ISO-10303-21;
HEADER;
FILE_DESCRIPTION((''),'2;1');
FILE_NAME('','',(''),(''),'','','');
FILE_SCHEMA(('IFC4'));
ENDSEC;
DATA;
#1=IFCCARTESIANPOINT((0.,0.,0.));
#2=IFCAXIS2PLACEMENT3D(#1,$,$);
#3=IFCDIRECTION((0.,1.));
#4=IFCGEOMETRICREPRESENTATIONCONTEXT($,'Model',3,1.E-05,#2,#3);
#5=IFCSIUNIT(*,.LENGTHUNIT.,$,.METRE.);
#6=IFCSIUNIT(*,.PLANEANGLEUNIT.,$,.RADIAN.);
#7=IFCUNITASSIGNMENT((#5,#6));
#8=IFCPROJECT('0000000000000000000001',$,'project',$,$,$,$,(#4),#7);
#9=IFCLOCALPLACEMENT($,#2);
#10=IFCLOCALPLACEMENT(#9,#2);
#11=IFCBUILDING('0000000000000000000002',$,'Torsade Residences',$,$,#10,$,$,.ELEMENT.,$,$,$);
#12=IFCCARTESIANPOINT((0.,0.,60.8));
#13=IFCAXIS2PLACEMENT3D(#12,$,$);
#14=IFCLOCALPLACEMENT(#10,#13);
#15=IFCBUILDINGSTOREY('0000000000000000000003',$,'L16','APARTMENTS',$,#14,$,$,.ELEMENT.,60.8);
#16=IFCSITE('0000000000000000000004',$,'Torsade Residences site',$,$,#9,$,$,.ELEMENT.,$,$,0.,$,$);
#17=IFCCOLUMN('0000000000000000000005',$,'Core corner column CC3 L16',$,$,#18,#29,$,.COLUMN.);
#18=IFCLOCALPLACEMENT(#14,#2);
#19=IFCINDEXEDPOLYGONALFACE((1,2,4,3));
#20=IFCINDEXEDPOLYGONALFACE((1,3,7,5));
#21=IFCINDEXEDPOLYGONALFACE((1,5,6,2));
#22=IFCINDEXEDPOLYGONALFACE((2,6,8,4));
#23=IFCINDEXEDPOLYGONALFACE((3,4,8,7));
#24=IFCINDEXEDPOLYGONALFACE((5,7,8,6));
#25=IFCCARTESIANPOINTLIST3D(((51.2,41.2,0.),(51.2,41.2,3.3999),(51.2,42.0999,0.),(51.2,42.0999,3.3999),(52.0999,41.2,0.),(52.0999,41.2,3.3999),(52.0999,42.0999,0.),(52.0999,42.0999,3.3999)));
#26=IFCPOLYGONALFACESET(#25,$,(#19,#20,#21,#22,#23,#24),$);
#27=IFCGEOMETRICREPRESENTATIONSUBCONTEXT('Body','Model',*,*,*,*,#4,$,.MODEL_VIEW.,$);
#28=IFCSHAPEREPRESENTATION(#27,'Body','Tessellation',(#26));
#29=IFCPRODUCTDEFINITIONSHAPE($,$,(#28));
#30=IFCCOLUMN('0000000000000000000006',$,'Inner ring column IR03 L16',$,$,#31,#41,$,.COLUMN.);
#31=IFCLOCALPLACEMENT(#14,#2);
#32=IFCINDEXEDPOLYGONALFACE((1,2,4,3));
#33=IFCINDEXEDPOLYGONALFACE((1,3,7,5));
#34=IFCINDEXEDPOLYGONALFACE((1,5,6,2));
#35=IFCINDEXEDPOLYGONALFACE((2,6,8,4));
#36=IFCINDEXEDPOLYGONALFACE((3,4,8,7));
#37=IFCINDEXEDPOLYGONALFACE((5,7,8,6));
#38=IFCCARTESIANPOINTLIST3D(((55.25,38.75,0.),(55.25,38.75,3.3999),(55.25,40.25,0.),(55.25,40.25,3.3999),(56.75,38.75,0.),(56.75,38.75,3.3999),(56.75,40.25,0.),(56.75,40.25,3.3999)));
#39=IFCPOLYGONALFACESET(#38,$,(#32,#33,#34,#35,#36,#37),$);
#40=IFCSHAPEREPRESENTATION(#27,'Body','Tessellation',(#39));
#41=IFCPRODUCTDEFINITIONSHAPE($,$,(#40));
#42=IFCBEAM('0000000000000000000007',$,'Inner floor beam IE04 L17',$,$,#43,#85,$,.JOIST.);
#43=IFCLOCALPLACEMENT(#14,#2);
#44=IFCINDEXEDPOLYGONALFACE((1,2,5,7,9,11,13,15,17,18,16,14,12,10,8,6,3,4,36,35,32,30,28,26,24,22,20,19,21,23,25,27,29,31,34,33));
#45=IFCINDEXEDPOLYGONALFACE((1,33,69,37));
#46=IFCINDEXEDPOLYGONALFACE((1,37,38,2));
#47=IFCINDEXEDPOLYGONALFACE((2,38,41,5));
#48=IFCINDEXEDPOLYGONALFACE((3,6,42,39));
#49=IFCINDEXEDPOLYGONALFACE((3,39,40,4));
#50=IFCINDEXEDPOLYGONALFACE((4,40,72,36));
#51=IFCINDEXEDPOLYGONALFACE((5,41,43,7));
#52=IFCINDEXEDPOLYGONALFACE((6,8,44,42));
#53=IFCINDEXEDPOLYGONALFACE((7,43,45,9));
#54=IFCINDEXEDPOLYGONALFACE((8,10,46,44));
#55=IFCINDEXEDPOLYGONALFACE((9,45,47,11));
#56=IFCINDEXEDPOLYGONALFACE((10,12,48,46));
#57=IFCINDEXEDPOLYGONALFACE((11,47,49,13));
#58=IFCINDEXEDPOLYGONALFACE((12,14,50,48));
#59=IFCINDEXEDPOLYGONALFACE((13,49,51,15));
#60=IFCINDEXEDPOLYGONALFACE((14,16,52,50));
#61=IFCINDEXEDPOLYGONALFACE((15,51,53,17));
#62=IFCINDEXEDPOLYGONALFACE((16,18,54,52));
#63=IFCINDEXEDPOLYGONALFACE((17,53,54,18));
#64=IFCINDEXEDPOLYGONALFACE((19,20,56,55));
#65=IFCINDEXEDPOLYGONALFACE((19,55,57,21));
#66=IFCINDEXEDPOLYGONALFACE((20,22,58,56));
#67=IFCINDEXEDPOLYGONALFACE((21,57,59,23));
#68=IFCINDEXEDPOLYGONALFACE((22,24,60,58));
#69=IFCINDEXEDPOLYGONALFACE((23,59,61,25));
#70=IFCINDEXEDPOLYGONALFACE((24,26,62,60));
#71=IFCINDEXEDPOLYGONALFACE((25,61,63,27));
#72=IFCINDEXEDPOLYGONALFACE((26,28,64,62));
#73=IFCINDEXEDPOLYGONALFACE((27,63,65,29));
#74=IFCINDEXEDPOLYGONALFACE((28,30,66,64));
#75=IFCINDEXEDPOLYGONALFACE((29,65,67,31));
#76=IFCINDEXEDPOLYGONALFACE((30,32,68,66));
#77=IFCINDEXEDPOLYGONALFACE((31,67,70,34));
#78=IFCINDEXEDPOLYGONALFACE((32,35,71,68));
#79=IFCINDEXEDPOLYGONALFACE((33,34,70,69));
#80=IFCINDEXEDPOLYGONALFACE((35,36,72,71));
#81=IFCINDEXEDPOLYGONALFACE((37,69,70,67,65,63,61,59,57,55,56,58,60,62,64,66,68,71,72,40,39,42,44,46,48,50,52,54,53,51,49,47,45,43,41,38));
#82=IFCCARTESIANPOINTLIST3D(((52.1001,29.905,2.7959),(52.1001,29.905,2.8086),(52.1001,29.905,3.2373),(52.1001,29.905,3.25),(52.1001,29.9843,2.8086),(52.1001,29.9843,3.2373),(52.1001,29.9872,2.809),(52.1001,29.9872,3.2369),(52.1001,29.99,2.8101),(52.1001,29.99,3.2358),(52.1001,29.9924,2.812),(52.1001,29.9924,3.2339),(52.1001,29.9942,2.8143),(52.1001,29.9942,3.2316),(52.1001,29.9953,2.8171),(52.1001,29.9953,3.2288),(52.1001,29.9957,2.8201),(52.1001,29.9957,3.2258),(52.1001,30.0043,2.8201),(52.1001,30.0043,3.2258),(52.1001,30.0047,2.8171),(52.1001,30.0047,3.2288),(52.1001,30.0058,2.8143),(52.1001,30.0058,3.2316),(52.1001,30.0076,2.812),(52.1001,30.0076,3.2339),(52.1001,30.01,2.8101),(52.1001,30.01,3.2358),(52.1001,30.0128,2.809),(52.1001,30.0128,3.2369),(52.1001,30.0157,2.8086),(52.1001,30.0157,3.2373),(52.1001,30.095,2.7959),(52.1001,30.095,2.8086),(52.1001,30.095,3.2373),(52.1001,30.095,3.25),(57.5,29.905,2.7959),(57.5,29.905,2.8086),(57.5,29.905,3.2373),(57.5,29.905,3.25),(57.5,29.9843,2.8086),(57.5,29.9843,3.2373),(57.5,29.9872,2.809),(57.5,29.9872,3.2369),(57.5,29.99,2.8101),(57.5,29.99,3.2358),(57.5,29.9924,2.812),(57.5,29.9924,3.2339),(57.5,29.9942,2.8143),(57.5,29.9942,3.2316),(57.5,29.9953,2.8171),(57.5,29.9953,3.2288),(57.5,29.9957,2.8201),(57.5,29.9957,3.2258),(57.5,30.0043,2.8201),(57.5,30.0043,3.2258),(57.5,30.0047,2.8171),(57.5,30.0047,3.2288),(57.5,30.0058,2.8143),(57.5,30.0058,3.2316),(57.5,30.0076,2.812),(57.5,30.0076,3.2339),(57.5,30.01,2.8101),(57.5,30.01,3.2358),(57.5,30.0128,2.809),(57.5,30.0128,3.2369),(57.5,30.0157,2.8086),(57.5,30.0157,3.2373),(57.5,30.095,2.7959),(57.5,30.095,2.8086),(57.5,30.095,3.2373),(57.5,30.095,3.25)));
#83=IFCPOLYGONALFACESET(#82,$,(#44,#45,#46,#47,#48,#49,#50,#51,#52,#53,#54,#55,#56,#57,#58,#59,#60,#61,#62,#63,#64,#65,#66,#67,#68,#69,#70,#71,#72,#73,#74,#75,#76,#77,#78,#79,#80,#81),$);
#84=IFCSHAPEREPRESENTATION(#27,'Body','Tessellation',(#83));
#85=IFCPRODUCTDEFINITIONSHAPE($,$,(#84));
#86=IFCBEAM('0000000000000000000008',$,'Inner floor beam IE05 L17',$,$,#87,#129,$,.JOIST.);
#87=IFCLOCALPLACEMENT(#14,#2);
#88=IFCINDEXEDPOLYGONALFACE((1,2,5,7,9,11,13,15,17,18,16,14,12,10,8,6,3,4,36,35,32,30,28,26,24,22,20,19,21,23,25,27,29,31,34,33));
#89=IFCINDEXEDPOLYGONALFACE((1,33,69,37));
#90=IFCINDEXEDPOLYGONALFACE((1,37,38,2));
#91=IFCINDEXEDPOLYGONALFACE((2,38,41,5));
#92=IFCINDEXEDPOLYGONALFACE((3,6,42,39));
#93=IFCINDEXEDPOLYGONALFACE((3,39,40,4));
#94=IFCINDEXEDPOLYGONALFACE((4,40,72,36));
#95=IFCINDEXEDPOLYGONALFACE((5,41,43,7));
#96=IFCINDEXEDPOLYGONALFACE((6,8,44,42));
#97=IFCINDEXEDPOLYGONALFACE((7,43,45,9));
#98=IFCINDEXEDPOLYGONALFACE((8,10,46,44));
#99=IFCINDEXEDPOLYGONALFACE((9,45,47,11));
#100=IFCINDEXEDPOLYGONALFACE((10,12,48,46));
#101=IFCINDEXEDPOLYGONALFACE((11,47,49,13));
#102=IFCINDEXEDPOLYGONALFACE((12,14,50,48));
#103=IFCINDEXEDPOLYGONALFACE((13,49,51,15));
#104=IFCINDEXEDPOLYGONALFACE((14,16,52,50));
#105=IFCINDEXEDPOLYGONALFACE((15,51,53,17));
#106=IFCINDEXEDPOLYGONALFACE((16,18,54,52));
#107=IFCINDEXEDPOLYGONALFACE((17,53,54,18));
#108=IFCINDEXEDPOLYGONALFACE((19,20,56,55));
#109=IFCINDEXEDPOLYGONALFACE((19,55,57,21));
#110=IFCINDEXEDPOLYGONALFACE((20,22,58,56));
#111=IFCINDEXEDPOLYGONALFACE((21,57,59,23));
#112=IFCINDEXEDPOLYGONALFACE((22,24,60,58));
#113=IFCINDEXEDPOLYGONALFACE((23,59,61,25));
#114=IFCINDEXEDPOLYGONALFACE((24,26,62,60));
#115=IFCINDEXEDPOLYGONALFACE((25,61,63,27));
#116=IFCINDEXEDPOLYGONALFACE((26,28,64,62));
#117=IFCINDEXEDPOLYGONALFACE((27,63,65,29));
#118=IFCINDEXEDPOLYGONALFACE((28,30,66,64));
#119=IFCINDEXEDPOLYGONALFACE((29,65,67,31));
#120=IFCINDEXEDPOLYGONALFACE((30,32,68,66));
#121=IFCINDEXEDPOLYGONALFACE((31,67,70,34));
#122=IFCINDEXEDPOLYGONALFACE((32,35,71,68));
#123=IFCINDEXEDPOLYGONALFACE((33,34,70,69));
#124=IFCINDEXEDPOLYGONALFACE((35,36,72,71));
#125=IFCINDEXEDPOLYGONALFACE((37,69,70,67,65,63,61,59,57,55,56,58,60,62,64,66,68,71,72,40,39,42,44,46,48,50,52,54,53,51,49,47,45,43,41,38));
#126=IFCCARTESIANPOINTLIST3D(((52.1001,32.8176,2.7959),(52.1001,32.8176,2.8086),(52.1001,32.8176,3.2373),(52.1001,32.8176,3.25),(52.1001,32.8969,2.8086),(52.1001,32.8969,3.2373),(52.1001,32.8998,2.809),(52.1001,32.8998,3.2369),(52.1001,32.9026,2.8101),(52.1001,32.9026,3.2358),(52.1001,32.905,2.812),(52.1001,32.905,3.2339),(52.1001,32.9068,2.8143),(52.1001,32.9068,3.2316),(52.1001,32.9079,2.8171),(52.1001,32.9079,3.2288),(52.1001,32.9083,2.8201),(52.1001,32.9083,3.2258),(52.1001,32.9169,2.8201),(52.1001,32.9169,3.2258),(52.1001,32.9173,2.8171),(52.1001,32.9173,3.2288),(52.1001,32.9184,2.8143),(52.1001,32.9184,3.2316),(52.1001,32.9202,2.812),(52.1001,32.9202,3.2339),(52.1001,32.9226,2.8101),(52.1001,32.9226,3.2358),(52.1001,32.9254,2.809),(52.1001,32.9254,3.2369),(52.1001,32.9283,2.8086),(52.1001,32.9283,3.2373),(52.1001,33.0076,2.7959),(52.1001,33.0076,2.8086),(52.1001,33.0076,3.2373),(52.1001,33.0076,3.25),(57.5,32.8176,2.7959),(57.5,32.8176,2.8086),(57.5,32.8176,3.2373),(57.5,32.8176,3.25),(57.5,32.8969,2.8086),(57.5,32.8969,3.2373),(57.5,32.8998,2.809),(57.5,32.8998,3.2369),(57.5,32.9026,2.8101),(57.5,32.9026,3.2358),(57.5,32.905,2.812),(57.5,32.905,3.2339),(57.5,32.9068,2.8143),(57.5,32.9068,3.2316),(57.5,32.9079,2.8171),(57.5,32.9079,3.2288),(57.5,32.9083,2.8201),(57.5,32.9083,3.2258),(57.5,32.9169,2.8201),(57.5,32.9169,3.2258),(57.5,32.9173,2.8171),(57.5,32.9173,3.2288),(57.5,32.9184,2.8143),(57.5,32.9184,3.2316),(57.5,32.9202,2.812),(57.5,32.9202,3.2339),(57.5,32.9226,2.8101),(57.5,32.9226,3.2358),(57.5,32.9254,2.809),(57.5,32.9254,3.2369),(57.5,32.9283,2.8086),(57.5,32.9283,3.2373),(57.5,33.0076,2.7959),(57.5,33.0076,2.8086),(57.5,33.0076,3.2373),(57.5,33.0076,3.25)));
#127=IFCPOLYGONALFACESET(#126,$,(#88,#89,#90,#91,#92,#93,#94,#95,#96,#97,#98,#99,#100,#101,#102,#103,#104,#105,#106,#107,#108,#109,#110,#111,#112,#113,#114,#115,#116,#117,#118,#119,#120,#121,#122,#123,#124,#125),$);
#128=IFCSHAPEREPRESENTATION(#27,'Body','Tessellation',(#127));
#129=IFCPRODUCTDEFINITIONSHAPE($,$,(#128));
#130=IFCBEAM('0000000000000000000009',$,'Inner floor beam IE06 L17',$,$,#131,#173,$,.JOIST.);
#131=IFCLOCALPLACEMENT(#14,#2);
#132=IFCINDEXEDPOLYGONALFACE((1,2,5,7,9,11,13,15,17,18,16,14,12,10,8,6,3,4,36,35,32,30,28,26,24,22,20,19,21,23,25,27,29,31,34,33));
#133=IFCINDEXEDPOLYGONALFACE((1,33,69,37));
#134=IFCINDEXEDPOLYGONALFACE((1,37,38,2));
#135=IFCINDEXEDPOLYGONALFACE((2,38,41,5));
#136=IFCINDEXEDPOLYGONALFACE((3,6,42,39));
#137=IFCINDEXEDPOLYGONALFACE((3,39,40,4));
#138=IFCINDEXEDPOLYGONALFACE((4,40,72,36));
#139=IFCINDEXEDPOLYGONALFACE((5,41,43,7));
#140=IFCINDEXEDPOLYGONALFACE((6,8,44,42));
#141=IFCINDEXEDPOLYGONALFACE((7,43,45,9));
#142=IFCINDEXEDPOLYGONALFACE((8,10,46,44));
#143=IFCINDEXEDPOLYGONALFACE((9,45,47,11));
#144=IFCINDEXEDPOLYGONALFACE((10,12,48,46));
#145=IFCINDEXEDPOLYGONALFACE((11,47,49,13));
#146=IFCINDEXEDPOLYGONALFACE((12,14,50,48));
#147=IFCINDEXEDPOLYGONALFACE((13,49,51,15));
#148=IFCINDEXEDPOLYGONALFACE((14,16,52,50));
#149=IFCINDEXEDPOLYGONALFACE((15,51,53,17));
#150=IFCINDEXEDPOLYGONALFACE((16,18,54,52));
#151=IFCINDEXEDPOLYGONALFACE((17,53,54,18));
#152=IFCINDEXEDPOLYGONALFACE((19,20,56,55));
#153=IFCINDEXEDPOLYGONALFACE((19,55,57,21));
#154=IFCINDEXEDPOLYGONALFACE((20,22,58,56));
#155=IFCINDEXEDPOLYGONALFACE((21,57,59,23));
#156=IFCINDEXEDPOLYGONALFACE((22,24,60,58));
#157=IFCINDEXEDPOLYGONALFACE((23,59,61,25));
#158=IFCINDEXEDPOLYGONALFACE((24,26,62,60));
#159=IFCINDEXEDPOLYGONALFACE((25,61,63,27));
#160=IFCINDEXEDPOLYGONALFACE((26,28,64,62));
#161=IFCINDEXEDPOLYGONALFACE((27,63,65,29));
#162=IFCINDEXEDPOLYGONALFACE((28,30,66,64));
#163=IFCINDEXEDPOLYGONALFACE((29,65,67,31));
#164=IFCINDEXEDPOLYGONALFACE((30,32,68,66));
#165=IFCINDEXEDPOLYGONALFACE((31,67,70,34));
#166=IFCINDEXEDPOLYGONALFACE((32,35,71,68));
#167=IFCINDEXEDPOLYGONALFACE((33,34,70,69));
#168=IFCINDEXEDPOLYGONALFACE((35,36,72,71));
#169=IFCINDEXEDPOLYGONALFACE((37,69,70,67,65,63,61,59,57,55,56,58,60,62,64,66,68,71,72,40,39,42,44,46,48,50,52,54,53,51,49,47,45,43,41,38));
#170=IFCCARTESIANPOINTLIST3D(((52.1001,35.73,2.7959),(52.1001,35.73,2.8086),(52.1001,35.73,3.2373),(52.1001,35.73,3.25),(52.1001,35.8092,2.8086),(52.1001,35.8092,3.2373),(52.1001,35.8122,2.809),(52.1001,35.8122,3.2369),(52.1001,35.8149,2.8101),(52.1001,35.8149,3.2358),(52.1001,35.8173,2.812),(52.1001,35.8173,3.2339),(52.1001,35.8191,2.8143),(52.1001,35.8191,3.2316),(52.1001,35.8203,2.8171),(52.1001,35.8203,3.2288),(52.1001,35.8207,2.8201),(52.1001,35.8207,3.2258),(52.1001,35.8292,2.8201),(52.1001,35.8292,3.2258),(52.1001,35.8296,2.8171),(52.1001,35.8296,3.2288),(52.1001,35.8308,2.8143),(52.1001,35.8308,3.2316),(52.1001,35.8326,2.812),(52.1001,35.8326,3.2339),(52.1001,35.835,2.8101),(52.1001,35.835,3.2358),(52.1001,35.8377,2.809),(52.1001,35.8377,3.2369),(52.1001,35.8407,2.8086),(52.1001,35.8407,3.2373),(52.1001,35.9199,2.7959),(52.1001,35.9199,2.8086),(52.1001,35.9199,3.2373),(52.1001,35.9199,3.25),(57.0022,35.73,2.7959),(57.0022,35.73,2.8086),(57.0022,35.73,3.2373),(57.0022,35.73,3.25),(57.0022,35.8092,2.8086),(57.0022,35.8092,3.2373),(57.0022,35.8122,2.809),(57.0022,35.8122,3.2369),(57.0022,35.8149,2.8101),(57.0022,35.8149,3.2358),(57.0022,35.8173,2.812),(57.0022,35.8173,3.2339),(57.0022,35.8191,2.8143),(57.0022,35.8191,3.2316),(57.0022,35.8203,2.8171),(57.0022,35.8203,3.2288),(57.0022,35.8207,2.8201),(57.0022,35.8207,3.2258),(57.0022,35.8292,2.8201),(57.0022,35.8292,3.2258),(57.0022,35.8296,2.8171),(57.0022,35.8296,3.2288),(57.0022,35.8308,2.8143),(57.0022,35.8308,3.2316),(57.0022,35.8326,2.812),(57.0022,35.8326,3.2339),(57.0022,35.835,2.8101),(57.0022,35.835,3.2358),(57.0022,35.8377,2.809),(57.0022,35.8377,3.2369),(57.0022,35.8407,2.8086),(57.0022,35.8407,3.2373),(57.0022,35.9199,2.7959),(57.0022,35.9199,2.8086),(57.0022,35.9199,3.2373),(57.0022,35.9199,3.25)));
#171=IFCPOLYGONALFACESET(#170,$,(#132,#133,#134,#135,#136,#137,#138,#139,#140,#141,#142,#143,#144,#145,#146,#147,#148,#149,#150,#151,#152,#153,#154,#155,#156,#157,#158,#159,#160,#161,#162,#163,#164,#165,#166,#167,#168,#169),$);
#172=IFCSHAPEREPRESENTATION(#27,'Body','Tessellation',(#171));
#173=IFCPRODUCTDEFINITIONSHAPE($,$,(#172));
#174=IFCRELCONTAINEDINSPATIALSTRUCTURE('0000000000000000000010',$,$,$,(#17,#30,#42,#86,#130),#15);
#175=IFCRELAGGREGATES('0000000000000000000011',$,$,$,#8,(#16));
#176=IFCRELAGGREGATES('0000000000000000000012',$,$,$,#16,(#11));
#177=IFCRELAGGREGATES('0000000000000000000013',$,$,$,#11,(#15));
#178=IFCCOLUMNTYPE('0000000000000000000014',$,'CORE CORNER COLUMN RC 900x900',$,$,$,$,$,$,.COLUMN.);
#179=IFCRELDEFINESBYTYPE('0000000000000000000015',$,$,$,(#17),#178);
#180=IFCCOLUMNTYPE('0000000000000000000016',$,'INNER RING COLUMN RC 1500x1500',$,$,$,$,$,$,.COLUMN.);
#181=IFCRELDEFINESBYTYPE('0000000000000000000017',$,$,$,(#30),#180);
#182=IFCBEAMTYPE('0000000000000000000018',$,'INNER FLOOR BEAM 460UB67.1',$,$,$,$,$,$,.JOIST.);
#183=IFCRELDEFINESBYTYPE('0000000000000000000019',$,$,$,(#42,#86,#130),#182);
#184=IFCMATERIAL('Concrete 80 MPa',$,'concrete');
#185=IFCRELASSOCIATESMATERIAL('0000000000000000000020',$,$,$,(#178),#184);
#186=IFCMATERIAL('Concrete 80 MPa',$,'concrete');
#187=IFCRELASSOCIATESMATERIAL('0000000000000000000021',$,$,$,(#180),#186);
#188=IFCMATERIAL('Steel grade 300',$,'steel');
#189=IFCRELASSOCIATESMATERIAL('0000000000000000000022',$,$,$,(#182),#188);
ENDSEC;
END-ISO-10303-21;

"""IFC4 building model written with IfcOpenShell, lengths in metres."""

from ifc_helpers import new_model, si_unit, direction, frame, origin, origin_2d, place, context, subcontext, project, spatial, rectangle, i_section, extrude, material, material_profile, profile_set, type_object, element, save


model = new_model("IFC4")

# Units and contexts
model_context = context("Model", 3, precision=1e-05, world=origin(), true_north=direction((0.0, 1.0)))
body_context = subcontext(model_context, "Body", "Model", "MODEL_VIEW")
ifc_project = project(units=[si_unit("LENGTHUNIT", "METRE"), si_unit("PLANEANGLEUNIT", "RADIAN")], contexts=[model_context])

# Site, building, storey
site_placement = place(None, origin())
site = spatial("IfcSite", under=ifc_project, at=site_placement, Name="Torsade Residences site", CompositionType="ELEMENT", RefElevation=0.0)
building_placement = place(site_placement, origin())
building = spatial("IfcBuilding", under=site, at=building_placement, Name="Torsade Residences", CompositionType="ELEMENT")
storey_placement = place(building_placement, frame((0.0, 0.0, 60.8)))
storey = spatial("IfcBuildingStorey", under=building, at=storey_placement, Name="L16", Description="APARTMENTS", CompositionType="ELEMENT", Elevation=60.8)

# Columns
ifc_material_1 = material(Name="Concrete 80 MPa", Category="concrete")
ifc_material_profile_1 = material_profile(ifc_material_1, rectangle(XDim=0.8999, YDim=0.8999, at=origin_2d()), Name="RC 900x900")
ifc_profile_set_1 = profile_set([ifc_material_profile_1], Name="Concrete 80 MPa")
column_type_1 = type_object("IfcColumnType", Name="CORE CORNER COLUMN RC 900x900", PredefinedType="COLUMN", material=ifc_profile_set_1)
column_1_placement = place(storey_placement, frame((51.6499, 41.6499, 0.0), z_axis=(0.0, 0.0, 1.0), x_axis=(1.0, 0.0, 0.0)))
element("IfcColumn", 1, at=column_1_placement, inside=storey, type_object=column_type_1, Name="Core corner column CC3 L16", PredefinedType="COLUMN", context=body_context, shape_type="SweptSolid", body=[
    extrude(rectangle(XDim=0.8999, YDim=0.8999, at=origin_2d()), origin(), (0.0, 0.0, 1.0), 3.3999),
])
ifc_material_2 = material(Name="Concrete 80 MPa", Category="concrete")
ifc_material_profile_2 = material_profile(ifc_material_2, rectangle(XDim=1.5, YDim=1.5, at=origin_2d()), Name="RC 1500x1500")
ifc_profile_set_2 = profile_set([ifc_material_profile_2], Name="Concrete 80 MPa")
column_type_2 = type_object("IfcColumnType", Name="INNER RING COLUMN RC 1500x1500", PredefinedType="COLUMN", material=ifc_profile_set_2)
column_2_placement = place(storey_placement, frame((56.0, 39.5, 0.0), z_axis=(0.0, 0.0, 1.0), x_axis=(1.0, 0.0, 0.0)))
element("IfcColumn", 2, at=column_2_placement, inside=storey, type_object=column_type_2, Name="Inner ring column IR03 L16", PredefinedType="COLUMN", context=body_context, shape_type="SweptSolid", body=[
    extrude(rectangle(XDim=1.5, YDim=1.5, at=origin_2d()), origin(), (0.0, 0.0, 1.0), 3.3999),
])

# Beams
ifc_material_3 = material(Name="Steel grade 300", Category="steel")
ifc_material_profile_3 = material_profile(ifc_material_3, i_section(OverallWidth=0.1899, OverallDepth=0.4541, WebThickness=0.0085, FlangeThickness=0.0127, FilletRadius=0.0115, at=origin_2d()), Name="460UB67.1")
ifc_profile_set_3 = profile_set([ifc_material_profile_3], Name="Steel grade 300")
beam_type_1 = type_object("IfcBeamType", Name="INNER FLOOR BEAM 460UB67.1", PredefinedType="JOIST", material=ifc_profile_set_3)
for number, where, z_axis, x_axis, name in (
    (3, (52.1001, 30.0, 3.0229), (1.0, 0.0, 0.0), (0.0, 1.0, 0.0), "Inner floor beam IE04 L17"),
    (4, (52.1001, 32.9126, 3.0229), (1.0, 0.0, 0.0), (0.0, 1.0, 0.0), "Inner floor beam IE05 L17"),
):
    element("IfcBeam", number, at=place(storey_placement, frame(where, z_axis=z_axis, x_axis=x_axis)), inside=storey, type_object=beam_type_1, Name=name, PredefinedType="JOIST", context=body_context, shape_type="SweptSolid", body=[
        extrude(i_section(OverallWidth=0.1899, OverallDepth=0.4541, WebThickness=0.0085, FlangeThickness=0.0127, FilletRadius=0.0115, at=origin_2d()), origin(), (0.0, 0.0, 1.0), 5.3999),
    ])
beam_1_placement = place(storey_placement, frame((52.1001, 35.825, 3.0229), z_axis=(1.0, 0.0, 0.0), x_axis=(0.0, 1.0, 0.0)))
element("IfcBeam", 5, at=beam_1_placement, inside=storey, type_object=beam_type_1, Name="Inner floor beam IE06 L17", PredefinedType="JOIST", context=body_context, shape_type="SweptSolid", body=[
    extrude(i_section(OverallWidth=0.1899, OverallDepth=0.4541, WebThickness=0.0085, FlangeThickness=0.0127, FilletRadius=0.0115, at=origin_2d()), origin(), (0.0, 0.0, 1.0), 4.9021),
])

save(model, "model.ifc")
